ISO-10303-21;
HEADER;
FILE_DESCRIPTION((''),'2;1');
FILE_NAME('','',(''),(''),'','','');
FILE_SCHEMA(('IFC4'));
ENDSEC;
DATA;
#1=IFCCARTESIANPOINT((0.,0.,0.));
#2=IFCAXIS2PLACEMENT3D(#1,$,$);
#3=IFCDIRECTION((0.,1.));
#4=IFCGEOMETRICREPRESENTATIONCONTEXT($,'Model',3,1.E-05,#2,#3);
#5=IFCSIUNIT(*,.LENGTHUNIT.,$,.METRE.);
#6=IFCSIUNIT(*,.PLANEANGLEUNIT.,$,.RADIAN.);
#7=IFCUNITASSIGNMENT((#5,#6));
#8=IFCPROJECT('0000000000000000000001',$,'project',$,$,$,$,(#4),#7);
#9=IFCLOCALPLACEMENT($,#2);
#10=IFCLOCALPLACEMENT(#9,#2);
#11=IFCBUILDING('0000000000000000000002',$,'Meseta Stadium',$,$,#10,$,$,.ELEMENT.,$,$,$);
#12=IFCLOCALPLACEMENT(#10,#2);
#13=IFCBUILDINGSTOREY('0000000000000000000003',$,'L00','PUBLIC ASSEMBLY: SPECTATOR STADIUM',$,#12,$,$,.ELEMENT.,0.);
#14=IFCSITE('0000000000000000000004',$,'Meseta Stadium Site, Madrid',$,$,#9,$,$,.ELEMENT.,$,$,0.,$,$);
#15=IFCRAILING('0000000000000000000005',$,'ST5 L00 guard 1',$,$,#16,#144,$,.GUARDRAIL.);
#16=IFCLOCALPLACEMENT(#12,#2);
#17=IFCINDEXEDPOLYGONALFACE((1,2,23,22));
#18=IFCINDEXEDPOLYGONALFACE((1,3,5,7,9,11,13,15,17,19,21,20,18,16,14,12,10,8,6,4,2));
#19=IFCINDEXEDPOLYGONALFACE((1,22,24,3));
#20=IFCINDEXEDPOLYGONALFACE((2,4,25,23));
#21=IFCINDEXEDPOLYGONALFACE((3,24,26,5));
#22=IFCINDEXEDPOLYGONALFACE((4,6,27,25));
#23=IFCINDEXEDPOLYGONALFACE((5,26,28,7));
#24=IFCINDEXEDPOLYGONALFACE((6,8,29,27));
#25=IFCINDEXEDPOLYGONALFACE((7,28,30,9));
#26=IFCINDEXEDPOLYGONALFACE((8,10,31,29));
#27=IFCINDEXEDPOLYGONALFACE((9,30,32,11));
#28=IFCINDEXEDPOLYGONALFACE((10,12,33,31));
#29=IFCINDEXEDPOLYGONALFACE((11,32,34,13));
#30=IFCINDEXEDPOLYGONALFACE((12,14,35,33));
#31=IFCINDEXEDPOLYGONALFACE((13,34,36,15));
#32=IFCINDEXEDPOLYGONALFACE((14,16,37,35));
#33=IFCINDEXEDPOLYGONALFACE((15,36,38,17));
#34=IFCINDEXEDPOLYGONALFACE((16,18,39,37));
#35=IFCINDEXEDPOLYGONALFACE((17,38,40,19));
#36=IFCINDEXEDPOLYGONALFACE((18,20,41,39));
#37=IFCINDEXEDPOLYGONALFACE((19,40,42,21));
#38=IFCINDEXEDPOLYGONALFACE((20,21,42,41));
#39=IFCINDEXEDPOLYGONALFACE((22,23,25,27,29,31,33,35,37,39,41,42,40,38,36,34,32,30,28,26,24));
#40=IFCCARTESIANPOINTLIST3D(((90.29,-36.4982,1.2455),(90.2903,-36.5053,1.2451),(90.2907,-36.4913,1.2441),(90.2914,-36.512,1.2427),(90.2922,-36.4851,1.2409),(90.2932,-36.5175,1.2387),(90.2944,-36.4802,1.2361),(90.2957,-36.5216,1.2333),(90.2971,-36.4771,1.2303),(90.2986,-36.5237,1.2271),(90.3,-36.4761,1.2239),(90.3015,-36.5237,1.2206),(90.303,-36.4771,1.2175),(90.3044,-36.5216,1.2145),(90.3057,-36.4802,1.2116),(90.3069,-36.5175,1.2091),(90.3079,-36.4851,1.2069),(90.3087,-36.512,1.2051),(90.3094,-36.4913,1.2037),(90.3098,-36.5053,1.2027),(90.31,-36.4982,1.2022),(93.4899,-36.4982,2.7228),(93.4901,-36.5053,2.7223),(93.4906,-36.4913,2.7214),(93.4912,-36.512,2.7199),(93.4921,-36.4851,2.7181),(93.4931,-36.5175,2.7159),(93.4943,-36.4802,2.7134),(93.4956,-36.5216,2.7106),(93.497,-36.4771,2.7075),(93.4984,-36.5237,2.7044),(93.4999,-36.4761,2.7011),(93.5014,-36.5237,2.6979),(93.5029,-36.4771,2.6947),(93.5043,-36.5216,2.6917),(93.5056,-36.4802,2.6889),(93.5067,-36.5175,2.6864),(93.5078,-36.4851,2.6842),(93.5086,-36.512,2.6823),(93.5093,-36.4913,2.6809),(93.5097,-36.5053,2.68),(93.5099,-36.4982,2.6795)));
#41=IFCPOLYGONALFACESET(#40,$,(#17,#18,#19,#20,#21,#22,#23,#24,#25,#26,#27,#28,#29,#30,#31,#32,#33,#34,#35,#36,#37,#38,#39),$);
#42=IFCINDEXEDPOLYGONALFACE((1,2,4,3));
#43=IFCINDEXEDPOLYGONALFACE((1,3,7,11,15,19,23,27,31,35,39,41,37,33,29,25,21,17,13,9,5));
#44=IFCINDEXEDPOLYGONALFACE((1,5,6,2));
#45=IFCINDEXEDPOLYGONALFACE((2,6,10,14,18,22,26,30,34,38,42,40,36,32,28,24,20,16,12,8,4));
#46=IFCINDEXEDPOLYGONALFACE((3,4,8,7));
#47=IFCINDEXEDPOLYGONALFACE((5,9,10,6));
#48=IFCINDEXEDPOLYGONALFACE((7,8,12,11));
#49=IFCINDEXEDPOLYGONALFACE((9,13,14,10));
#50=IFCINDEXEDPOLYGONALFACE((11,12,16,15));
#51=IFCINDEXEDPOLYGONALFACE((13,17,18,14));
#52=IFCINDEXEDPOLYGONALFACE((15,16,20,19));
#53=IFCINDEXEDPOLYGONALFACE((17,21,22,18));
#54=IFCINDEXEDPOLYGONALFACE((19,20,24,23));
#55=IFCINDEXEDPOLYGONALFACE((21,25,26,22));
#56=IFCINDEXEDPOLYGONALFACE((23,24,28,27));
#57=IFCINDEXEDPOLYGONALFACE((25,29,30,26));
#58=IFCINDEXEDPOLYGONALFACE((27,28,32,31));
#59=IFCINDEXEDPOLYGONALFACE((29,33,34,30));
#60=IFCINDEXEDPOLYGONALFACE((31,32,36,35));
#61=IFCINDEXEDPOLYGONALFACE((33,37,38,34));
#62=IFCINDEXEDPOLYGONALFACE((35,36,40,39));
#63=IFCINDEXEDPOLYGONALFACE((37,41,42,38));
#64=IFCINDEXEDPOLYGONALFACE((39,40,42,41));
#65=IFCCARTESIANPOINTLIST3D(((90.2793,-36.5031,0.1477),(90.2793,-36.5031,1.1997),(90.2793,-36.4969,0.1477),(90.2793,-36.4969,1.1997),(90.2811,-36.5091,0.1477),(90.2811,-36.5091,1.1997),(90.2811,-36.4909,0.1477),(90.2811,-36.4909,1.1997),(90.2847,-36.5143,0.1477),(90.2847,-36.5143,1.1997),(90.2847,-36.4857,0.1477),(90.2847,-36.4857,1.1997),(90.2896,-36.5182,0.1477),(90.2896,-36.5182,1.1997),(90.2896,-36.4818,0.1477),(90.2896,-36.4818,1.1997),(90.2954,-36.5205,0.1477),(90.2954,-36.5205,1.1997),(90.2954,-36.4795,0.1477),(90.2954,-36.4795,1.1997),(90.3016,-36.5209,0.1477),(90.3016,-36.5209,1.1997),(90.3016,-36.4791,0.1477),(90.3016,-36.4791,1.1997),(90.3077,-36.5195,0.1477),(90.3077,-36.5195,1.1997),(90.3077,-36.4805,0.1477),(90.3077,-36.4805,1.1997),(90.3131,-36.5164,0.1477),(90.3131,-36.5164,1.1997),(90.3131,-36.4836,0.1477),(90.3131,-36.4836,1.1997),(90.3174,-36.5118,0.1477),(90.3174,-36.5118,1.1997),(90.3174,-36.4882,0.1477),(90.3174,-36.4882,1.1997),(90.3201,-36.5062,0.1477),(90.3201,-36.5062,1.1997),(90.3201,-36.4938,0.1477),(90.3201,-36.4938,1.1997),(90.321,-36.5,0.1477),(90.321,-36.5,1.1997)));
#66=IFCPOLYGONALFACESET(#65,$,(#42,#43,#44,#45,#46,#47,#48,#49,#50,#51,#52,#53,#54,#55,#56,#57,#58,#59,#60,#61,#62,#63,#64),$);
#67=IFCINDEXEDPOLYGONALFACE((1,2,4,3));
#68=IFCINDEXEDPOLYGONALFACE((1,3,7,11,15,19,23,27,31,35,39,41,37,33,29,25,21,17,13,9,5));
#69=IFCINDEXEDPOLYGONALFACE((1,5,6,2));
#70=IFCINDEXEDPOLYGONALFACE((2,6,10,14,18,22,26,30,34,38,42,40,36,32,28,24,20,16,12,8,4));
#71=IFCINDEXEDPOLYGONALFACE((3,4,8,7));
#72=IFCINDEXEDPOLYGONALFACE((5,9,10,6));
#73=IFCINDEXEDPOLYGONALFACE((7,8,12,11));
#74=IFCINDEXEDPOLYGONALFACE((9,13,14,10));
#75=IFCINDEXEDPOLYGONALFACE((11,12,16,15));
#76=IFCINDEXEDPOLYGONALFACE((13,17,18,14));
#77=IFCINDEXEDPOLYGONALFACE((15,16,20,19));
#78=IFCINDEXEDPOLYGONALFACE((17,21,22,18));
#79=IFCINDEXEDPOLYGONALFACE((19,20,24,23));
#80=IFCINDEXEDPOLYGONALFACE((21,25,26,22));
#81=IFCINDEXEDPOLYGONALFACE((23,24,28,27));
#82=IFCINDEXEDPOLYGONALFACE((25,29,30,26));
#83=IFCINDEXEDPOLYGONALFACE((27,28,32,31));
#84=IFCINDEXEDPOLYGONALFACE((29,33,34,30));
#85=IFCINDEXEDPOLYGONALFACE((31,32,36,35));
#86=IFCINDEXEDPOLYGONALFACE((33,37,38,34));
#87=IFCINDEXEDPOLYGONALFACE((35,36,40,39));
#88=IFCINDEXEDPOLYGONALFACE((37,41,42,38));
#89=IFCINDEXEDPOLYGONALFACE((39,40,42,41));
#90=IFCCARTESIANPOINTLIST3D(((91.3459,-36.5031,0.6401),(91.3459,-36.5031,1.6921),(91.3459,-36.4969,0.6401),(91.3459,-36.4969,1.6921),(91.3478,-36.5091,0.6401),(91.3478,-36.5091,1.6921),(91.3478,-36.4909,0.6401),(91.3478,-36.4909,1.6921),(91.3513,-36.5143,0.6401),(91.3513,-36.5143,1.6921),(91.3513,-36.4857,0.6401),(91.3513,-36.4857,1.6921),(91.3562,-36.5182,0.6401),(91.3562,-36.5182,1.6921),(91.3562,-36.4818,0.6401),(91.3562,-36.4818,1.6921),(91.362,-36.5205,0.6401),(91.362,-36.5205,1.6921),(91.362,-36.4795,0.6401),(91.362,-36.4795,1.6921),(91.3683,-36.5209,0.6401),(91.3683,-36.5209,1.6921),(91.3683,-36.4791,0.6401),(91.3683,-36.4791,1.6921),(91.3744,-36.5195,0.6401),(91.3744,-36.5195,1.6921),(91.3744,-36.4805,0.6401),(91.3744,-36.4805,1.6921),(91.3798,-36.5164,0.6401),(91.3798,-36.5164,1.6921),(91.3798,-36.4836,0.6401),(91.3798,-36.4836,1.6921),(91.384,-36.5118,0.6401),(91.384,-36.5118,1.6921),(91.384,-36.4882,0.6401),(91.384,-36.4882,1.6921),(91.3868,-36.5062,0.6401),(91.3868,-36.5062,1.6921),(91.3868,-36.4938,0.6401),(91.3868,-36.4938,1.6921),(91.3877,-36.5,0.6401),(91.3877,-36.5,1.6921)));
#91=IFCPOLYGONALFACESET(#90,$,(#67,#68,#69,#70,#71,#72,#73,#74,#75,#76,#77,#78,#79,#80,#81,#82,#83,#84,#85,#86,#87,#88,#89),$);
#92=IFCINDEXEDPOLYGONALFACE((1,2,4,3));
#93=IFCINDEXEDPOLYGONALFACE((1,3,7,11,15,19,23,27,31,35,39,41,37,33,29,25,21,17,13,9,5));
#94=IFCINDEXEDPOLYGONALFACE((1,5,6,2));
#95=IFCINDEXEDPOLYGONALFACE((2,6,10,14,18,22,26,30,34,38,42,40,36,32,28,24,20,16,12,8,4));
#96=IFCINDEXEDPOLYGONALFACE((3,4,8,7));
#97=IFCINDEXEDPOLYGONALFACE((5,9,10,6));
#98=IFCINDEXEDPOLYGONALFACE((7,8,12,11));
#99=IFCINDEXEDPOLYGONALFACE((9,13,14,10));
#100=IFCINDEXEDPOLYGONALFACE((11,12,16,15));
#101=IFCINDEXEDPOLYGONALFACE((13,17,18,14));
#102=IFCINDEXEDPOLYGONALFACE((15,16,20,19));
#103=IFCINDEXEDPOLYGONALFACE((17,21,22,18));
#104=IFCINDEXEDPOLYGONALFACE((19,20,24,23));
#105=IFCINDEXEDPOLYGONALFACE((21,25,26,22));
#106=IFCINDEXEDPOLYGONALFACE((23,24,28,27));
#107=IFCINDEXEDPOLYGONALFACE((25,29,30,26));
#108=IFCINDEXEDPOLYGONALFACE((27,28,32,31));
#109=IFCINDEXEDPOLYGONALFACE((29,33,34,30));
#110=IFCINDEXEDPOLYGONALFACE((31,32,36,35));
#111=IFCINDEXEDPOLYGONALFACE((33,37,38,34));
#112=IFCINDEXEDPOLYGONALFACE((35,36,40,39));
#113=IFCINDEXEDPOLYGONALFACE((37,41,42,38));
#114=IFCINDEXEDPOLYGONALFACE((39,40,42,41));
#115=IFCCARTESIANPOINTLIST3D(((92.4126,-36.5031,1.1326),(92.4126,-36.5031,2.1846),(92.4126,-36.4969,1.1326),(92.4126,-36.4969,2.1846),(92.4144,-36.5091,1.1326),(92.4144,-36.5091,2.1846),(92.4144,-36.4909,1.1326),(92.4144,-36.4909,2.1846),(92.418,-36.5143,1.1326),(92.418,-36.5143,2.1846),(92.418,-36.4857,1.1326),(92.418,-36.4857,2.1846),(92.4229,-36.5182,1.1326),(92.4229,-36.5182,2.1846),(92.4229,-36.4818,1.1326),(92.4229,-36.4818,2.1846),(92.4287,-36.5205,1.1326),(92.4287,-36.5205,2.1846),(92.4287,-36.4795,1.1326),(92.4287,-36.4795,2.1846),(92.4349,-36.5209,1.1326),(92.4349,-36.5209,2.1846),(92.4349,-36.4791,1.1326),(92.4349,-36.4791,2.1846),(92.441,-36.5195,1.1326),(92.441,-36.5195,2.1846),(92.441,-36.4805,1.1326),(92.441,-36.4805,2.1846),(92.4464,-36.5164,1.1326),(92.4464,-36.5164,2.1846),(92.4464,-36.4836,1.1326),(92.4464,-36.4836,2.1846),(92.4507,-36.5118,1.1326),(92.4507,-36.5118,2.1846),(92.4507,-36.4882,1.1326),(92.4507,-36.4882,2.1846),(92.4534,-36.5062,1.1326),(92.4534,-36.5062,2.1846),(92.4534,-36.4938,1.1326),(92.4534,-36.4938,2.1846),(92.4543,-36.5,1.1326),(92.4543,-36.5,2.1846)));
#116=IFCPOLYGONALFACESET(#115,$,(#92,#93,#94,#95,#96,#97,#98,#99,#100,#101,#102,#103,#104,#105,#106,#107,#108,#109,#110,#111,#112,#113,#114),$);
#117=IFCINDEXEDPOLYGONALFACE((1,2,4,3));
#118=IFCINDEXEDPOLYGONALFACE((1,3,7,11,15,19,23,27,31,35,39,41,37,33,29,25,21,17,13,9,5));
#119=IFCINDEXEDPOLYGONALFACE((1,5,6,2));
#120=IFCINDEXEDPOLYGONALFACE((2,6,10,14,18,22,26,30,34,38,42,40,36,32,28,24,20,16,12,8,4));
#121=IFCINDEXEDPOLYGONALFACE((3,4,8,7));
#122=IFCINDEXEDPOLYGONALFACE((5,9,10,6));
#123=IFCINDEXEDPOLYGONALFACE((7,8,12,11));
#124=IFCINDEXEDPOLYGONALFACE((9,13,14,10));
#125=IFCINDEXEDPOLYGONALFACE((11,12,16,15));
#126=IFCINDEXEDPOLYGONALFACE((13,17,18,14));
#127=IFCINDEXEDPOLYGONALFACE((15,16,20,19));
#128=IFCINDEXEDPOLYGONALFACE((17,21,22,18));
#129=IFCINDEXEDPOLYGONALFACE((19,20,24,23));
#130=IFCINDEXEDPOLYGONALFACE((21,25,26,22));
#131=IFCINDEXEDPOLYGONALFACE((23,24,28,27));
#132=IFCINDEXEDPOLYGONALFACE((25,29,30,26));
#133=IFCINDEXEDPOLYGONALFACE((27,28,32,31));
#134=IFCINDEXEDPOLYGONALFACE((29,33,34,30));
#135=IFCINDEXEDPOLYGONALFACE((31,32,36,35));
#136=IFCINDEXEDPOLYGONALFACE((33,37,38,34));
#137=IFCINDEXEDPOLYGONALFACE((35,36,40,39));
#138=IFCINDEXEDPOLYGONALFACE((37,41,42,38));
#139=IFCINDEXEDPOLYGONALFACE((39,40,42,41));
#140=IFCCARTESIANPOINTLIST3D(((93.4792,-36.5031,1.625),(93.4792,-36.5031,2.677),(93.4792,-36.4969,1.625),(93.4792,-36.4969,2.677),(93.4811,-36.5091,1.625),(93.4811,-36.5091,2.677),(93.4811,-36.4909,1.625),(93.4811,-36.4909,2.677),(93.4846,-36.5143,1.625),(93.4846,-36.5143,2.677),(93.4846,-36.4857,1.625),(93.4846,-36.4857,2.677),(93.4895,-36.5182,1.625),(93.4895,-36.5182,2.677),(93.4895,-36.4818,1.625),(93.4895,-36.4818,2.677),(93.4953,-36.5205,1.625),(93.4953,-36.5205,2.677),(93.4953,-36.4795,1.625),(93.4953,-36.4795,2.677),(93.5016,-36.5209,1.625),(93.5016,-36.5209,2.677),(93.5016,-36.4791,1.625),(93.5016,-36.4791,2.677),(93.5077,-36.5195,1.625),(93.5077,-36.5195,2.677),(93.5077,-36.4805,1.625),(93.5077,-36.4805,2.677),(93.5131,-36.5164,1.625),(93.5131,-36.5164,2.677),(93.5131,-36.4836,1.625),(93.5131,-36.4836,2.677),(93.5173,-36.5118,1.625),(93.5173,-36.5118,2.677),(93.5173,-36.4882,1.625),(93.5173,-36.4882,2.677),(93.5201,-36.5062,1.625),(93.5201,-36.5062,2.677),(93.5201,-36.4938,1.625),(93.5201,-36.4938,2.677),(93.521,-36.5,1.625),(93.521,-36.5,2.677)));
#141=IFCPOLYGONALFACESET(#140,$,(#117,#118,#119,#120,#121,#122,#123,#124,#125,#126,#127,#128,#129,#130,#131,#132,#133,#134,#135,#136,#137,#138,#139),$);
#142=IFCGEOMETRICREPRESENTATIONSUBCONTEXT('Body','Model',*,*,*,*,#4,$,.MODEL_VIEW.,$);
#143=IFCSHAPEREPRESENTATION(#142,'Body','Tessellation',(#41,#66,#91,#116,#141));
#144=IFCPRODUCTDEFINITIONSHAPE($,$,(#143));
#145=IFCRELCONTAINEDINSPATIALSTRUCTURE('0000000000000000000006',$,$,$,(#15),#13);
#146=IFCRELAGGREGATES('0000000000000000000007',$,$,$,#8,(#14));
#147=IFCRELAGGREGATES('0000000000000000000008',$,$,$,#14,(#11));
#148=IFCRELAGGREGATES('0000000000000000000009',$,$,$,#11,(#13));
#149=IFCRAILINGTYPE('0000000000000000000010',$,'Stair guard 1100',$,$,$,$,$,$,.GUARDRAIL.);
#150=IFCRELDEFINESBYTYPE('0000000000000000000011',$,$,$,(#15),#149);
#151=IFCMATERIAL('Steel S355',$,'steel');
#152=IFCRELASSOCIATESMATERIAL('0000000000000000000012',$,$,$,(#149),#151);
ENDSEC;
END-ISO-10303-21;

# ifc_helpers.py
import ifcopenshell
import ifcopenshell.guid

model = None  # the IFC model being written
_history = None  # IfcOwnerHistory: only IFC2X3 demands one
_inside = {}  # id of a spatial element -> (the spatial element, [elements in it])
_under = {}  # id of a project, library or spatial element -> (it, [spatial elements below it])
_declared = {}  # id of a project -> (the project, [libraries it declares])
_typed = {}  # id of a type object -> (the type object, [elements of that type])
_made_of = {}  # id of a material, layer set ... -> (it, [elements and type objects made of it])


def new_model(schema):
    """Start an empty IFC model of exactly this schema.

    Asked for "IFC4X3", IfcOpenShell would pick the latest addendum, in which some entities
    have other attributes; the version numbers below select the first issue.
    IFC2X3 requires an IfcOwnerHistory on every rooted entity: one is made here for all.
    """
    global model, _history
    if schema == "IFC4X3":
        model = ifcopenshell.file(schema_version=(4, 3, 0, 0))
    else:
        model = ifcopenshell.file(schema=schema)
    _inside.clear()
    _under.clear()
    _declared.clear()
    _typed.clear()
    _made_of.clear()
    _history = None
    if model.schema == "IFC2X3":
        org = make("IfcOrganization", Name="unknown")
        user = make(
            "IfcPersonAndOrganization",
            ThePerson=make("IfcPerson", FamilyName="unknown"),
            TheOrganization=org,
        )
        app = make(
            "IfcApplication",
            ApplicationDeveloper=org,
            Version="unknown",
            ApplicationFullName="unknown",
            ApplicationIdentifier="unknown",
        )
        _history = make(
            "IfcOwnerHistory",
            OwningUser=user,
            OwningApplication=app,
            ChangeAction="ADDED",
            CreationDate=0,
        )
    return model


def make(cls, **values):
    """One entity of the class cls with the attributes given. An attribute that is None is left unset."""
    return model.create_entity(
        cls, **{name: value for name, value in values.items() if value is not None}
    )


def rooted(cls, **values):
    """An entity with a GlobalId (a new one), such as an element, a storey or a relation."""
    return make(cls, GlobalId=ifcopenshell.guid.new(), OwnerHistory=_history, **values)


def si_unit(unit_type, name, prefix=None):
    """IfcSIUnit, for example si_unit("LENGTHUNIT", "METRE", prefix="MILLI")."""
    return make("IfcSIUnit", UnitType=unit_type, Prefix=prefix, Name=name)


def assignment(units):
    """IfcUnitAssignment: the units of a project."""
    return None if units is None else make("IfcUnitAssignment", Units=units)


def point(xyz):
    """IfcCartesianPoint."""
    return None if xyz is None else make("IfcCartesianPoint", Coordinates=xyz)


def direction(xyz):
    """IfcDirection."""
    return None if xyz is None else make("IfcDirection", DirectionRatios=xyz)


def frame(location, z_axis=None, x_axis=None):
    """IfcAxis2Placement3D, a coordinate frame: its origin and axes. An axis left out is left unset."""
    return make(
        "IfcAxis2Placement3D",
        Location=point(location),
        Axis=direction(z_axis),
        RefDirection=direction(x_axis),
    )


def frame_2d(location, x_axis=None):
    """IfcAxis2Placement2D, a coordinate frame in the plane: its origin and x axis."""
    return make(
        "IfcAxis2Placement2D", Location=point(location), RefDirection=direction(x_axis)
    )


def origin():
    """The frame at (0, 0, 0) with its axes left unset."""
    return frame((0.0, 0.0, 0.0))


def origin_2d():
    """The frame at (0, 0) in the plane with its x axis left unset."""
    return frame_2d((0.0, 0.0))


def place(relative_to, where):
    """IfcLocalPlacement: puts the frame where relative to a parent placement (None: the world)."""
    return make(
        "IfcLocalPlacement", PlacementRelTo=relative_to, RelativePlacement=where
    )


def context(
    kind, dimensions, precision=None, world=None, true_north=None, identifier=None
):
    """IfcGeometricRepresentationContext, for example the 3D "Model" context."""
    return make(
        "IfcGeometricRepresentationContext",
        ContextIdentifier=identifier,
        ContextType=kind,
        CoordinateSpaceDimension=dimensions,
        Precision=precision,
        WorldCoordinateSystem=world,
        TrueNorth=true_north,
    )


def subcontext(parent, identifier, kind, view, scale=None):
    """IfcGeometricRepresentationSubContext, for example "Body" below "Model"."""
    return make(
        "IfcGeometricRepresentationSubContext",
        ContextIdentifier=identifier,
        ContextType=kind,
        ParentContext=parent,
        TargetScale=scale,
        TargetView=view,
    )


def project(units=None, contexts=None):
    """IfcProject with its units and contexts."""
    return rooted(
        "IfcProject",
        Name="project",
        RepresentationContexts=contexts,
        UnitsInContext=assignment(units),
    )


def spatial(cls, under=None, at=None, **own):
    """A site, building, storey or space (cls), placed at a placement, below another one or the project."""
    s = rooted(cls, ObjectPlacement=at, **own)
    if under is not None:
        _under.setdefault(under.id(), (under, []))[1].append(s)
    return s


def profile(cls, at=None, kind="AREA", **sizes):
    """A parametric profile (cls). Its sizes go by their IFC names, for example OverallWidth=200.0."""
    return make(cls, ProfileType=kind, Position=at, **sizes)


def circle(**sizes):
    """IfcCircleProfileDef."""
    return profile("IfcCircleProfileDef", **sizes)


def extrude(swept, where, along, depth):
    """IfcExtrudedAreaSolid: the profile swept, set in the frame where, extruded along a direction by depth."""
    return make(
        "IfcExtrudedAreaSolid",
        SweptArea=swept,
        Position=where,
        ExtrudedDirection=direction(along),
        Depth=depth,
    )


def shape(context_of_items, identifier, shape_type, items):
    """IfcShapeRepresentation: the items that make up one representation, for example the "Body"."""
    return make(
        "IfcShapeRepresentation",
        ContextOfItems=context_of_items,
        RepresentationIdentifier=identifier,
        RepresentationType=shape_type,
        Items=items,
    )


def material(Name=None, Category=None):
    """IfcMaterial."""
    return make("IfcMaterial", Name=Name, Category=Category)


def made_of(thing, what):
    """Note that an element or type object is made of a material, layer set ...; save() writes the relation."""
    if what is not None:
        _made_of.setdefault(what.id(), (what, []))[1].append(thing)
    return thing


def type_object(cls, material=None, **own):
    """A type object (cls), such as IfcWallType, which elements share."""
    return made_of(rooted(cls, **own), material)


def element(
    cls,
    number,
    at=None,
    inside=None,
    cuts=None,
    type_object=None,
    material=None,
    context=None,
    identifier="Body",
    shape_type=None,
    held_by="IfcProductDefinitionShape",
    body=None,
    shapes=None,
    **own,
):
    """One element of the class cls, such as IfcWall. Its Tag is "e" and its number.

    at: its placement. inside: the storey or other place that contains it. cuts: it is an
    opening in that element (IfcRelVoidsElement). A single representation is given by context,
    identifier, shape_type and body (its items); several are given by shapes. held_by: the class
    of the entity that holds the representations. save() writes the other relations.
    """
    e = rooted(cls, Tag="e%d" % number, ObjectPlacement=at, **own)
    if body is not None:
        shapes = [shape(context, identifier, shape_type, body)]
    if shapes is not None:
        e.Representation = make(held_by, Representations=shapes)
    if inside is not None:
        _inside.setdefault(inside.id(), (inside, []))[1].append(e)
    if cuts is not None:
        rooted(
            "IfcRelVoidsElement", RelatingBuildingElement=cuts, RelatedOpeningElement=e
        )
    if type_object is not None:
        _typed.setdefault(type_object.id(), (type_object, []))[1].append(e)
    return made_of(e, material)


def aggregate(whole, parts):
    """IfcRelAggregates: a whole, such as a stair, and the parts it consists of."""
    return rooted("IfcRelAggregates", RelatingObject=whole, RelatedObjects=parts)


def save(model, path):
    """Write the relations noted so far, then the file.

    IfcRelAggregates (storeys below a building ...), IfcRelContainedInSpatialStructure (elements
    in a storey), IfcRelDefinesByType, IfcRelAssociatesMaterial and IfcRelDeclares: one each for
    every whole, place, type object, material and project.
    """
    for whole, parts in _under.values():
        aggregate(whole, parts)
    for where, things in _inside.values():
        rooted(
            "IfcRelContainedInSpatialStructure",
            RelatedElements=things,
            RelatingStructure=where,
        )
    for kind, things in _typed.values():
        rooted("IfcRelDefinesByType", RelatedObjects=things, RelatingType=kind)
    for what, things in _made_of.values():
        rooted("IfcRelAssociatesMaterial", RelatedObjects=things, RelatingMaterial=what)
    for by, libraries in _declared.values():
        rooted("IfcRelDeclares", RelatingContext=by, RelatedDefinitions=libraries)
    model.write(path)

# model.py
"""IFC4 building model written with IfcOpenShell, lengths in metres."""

from ifc_helpers import new_model, si_unit, direction, frame, origin, origin_2d, place, context, subcontext, project, spatial, circle, extrude, material, type_object, element, save


model = new_model("IFC4")

# Units and contexts
model_context = context("Model", 3, precision=1e-05, world=origin(), true_north=direction((0.0, 1.0)))
body_context = subcontext(model_context, "Body", "Model", "MODEL_VIEW")
ifc_project = project(units=[si_unit("LENGTHUNIT", "METRE"), si_unit("PLANEANGLEUNIT", "RADIAN")], contexts=[model_context])

# Site, building, storey
site_placement = place(None, origin())
site = spatial("IfcSite", under=ifc_project, at=site_placement, Name="Meseta Stadium Site, Madrid", CompositionType="ELEMENT", RefElevation=0.0)
building_placement = place(site_placement, origin())
building = spatial("IfcBuilding", under=site, at=building_placement, Name="Meseta Stadium", CompositionType="ELEMENT")
storey_placement = place(building_placement, origin())
storey = spatial("IfcBuildingStorey", under=building, at=storey_placement, Name="L00", Description="PUBLIC ASSEMBLY: SPECTATOR STADIUM", CompositionType="ELEMENT", Elevation=0.0)

# Railing
ifc_material_1 = material(Name="Steel S355", Category="steel")
railing_type_1 = type_object("IfcRailingType", Name="Stair guard 1100", PredefinedType="GUARDRAIL", material=ifc_material_1)
railing_1_placement = place(storey_placement, frame((90.3, -36.5, 0.1477)))
element("IfcRailing", 1, at=railing_1_placement, inside=storey, type_object=railing_type_1, Name="ST5 L00 guard 1", PredefinedType="GUARDRAIL", context=body_context, shape_type="SweptSolid", body=[
    extrude(circle(Radius=0.0239, at=origin_2d()), frame((0.0, 0.0, 1.0762), z_axis=(0.907917, 0.0, 0.41915), x_axis=(0.0, 1.0, 0.0)), (0.0, 0.0, 1.0), 3.5244),
    extrude(circle(Radius=0.021, at=origin_2d()), origin(), (0.0, 0.0, 1.0), 1.052),
    extrude(circle(Radius=0.021, at=origin_2d()), frame((1.0667, 0.0, 0.4924)), (0.0, 0.0, 1.0), 1.052),
    extrude(circle(Radius=0.021, at=origin_2d()), frame((2.1333, 0.0, 0.9849)), (0.0, 0.0, 1.0), 1.052),
    extrude(circle(Radius=0.021, at=origin_2d()), frame((3.2, 0.0, 1.4773)), (0.0, 0.0, 1.0), 1.052),
])

save(model, "model.ifc")
